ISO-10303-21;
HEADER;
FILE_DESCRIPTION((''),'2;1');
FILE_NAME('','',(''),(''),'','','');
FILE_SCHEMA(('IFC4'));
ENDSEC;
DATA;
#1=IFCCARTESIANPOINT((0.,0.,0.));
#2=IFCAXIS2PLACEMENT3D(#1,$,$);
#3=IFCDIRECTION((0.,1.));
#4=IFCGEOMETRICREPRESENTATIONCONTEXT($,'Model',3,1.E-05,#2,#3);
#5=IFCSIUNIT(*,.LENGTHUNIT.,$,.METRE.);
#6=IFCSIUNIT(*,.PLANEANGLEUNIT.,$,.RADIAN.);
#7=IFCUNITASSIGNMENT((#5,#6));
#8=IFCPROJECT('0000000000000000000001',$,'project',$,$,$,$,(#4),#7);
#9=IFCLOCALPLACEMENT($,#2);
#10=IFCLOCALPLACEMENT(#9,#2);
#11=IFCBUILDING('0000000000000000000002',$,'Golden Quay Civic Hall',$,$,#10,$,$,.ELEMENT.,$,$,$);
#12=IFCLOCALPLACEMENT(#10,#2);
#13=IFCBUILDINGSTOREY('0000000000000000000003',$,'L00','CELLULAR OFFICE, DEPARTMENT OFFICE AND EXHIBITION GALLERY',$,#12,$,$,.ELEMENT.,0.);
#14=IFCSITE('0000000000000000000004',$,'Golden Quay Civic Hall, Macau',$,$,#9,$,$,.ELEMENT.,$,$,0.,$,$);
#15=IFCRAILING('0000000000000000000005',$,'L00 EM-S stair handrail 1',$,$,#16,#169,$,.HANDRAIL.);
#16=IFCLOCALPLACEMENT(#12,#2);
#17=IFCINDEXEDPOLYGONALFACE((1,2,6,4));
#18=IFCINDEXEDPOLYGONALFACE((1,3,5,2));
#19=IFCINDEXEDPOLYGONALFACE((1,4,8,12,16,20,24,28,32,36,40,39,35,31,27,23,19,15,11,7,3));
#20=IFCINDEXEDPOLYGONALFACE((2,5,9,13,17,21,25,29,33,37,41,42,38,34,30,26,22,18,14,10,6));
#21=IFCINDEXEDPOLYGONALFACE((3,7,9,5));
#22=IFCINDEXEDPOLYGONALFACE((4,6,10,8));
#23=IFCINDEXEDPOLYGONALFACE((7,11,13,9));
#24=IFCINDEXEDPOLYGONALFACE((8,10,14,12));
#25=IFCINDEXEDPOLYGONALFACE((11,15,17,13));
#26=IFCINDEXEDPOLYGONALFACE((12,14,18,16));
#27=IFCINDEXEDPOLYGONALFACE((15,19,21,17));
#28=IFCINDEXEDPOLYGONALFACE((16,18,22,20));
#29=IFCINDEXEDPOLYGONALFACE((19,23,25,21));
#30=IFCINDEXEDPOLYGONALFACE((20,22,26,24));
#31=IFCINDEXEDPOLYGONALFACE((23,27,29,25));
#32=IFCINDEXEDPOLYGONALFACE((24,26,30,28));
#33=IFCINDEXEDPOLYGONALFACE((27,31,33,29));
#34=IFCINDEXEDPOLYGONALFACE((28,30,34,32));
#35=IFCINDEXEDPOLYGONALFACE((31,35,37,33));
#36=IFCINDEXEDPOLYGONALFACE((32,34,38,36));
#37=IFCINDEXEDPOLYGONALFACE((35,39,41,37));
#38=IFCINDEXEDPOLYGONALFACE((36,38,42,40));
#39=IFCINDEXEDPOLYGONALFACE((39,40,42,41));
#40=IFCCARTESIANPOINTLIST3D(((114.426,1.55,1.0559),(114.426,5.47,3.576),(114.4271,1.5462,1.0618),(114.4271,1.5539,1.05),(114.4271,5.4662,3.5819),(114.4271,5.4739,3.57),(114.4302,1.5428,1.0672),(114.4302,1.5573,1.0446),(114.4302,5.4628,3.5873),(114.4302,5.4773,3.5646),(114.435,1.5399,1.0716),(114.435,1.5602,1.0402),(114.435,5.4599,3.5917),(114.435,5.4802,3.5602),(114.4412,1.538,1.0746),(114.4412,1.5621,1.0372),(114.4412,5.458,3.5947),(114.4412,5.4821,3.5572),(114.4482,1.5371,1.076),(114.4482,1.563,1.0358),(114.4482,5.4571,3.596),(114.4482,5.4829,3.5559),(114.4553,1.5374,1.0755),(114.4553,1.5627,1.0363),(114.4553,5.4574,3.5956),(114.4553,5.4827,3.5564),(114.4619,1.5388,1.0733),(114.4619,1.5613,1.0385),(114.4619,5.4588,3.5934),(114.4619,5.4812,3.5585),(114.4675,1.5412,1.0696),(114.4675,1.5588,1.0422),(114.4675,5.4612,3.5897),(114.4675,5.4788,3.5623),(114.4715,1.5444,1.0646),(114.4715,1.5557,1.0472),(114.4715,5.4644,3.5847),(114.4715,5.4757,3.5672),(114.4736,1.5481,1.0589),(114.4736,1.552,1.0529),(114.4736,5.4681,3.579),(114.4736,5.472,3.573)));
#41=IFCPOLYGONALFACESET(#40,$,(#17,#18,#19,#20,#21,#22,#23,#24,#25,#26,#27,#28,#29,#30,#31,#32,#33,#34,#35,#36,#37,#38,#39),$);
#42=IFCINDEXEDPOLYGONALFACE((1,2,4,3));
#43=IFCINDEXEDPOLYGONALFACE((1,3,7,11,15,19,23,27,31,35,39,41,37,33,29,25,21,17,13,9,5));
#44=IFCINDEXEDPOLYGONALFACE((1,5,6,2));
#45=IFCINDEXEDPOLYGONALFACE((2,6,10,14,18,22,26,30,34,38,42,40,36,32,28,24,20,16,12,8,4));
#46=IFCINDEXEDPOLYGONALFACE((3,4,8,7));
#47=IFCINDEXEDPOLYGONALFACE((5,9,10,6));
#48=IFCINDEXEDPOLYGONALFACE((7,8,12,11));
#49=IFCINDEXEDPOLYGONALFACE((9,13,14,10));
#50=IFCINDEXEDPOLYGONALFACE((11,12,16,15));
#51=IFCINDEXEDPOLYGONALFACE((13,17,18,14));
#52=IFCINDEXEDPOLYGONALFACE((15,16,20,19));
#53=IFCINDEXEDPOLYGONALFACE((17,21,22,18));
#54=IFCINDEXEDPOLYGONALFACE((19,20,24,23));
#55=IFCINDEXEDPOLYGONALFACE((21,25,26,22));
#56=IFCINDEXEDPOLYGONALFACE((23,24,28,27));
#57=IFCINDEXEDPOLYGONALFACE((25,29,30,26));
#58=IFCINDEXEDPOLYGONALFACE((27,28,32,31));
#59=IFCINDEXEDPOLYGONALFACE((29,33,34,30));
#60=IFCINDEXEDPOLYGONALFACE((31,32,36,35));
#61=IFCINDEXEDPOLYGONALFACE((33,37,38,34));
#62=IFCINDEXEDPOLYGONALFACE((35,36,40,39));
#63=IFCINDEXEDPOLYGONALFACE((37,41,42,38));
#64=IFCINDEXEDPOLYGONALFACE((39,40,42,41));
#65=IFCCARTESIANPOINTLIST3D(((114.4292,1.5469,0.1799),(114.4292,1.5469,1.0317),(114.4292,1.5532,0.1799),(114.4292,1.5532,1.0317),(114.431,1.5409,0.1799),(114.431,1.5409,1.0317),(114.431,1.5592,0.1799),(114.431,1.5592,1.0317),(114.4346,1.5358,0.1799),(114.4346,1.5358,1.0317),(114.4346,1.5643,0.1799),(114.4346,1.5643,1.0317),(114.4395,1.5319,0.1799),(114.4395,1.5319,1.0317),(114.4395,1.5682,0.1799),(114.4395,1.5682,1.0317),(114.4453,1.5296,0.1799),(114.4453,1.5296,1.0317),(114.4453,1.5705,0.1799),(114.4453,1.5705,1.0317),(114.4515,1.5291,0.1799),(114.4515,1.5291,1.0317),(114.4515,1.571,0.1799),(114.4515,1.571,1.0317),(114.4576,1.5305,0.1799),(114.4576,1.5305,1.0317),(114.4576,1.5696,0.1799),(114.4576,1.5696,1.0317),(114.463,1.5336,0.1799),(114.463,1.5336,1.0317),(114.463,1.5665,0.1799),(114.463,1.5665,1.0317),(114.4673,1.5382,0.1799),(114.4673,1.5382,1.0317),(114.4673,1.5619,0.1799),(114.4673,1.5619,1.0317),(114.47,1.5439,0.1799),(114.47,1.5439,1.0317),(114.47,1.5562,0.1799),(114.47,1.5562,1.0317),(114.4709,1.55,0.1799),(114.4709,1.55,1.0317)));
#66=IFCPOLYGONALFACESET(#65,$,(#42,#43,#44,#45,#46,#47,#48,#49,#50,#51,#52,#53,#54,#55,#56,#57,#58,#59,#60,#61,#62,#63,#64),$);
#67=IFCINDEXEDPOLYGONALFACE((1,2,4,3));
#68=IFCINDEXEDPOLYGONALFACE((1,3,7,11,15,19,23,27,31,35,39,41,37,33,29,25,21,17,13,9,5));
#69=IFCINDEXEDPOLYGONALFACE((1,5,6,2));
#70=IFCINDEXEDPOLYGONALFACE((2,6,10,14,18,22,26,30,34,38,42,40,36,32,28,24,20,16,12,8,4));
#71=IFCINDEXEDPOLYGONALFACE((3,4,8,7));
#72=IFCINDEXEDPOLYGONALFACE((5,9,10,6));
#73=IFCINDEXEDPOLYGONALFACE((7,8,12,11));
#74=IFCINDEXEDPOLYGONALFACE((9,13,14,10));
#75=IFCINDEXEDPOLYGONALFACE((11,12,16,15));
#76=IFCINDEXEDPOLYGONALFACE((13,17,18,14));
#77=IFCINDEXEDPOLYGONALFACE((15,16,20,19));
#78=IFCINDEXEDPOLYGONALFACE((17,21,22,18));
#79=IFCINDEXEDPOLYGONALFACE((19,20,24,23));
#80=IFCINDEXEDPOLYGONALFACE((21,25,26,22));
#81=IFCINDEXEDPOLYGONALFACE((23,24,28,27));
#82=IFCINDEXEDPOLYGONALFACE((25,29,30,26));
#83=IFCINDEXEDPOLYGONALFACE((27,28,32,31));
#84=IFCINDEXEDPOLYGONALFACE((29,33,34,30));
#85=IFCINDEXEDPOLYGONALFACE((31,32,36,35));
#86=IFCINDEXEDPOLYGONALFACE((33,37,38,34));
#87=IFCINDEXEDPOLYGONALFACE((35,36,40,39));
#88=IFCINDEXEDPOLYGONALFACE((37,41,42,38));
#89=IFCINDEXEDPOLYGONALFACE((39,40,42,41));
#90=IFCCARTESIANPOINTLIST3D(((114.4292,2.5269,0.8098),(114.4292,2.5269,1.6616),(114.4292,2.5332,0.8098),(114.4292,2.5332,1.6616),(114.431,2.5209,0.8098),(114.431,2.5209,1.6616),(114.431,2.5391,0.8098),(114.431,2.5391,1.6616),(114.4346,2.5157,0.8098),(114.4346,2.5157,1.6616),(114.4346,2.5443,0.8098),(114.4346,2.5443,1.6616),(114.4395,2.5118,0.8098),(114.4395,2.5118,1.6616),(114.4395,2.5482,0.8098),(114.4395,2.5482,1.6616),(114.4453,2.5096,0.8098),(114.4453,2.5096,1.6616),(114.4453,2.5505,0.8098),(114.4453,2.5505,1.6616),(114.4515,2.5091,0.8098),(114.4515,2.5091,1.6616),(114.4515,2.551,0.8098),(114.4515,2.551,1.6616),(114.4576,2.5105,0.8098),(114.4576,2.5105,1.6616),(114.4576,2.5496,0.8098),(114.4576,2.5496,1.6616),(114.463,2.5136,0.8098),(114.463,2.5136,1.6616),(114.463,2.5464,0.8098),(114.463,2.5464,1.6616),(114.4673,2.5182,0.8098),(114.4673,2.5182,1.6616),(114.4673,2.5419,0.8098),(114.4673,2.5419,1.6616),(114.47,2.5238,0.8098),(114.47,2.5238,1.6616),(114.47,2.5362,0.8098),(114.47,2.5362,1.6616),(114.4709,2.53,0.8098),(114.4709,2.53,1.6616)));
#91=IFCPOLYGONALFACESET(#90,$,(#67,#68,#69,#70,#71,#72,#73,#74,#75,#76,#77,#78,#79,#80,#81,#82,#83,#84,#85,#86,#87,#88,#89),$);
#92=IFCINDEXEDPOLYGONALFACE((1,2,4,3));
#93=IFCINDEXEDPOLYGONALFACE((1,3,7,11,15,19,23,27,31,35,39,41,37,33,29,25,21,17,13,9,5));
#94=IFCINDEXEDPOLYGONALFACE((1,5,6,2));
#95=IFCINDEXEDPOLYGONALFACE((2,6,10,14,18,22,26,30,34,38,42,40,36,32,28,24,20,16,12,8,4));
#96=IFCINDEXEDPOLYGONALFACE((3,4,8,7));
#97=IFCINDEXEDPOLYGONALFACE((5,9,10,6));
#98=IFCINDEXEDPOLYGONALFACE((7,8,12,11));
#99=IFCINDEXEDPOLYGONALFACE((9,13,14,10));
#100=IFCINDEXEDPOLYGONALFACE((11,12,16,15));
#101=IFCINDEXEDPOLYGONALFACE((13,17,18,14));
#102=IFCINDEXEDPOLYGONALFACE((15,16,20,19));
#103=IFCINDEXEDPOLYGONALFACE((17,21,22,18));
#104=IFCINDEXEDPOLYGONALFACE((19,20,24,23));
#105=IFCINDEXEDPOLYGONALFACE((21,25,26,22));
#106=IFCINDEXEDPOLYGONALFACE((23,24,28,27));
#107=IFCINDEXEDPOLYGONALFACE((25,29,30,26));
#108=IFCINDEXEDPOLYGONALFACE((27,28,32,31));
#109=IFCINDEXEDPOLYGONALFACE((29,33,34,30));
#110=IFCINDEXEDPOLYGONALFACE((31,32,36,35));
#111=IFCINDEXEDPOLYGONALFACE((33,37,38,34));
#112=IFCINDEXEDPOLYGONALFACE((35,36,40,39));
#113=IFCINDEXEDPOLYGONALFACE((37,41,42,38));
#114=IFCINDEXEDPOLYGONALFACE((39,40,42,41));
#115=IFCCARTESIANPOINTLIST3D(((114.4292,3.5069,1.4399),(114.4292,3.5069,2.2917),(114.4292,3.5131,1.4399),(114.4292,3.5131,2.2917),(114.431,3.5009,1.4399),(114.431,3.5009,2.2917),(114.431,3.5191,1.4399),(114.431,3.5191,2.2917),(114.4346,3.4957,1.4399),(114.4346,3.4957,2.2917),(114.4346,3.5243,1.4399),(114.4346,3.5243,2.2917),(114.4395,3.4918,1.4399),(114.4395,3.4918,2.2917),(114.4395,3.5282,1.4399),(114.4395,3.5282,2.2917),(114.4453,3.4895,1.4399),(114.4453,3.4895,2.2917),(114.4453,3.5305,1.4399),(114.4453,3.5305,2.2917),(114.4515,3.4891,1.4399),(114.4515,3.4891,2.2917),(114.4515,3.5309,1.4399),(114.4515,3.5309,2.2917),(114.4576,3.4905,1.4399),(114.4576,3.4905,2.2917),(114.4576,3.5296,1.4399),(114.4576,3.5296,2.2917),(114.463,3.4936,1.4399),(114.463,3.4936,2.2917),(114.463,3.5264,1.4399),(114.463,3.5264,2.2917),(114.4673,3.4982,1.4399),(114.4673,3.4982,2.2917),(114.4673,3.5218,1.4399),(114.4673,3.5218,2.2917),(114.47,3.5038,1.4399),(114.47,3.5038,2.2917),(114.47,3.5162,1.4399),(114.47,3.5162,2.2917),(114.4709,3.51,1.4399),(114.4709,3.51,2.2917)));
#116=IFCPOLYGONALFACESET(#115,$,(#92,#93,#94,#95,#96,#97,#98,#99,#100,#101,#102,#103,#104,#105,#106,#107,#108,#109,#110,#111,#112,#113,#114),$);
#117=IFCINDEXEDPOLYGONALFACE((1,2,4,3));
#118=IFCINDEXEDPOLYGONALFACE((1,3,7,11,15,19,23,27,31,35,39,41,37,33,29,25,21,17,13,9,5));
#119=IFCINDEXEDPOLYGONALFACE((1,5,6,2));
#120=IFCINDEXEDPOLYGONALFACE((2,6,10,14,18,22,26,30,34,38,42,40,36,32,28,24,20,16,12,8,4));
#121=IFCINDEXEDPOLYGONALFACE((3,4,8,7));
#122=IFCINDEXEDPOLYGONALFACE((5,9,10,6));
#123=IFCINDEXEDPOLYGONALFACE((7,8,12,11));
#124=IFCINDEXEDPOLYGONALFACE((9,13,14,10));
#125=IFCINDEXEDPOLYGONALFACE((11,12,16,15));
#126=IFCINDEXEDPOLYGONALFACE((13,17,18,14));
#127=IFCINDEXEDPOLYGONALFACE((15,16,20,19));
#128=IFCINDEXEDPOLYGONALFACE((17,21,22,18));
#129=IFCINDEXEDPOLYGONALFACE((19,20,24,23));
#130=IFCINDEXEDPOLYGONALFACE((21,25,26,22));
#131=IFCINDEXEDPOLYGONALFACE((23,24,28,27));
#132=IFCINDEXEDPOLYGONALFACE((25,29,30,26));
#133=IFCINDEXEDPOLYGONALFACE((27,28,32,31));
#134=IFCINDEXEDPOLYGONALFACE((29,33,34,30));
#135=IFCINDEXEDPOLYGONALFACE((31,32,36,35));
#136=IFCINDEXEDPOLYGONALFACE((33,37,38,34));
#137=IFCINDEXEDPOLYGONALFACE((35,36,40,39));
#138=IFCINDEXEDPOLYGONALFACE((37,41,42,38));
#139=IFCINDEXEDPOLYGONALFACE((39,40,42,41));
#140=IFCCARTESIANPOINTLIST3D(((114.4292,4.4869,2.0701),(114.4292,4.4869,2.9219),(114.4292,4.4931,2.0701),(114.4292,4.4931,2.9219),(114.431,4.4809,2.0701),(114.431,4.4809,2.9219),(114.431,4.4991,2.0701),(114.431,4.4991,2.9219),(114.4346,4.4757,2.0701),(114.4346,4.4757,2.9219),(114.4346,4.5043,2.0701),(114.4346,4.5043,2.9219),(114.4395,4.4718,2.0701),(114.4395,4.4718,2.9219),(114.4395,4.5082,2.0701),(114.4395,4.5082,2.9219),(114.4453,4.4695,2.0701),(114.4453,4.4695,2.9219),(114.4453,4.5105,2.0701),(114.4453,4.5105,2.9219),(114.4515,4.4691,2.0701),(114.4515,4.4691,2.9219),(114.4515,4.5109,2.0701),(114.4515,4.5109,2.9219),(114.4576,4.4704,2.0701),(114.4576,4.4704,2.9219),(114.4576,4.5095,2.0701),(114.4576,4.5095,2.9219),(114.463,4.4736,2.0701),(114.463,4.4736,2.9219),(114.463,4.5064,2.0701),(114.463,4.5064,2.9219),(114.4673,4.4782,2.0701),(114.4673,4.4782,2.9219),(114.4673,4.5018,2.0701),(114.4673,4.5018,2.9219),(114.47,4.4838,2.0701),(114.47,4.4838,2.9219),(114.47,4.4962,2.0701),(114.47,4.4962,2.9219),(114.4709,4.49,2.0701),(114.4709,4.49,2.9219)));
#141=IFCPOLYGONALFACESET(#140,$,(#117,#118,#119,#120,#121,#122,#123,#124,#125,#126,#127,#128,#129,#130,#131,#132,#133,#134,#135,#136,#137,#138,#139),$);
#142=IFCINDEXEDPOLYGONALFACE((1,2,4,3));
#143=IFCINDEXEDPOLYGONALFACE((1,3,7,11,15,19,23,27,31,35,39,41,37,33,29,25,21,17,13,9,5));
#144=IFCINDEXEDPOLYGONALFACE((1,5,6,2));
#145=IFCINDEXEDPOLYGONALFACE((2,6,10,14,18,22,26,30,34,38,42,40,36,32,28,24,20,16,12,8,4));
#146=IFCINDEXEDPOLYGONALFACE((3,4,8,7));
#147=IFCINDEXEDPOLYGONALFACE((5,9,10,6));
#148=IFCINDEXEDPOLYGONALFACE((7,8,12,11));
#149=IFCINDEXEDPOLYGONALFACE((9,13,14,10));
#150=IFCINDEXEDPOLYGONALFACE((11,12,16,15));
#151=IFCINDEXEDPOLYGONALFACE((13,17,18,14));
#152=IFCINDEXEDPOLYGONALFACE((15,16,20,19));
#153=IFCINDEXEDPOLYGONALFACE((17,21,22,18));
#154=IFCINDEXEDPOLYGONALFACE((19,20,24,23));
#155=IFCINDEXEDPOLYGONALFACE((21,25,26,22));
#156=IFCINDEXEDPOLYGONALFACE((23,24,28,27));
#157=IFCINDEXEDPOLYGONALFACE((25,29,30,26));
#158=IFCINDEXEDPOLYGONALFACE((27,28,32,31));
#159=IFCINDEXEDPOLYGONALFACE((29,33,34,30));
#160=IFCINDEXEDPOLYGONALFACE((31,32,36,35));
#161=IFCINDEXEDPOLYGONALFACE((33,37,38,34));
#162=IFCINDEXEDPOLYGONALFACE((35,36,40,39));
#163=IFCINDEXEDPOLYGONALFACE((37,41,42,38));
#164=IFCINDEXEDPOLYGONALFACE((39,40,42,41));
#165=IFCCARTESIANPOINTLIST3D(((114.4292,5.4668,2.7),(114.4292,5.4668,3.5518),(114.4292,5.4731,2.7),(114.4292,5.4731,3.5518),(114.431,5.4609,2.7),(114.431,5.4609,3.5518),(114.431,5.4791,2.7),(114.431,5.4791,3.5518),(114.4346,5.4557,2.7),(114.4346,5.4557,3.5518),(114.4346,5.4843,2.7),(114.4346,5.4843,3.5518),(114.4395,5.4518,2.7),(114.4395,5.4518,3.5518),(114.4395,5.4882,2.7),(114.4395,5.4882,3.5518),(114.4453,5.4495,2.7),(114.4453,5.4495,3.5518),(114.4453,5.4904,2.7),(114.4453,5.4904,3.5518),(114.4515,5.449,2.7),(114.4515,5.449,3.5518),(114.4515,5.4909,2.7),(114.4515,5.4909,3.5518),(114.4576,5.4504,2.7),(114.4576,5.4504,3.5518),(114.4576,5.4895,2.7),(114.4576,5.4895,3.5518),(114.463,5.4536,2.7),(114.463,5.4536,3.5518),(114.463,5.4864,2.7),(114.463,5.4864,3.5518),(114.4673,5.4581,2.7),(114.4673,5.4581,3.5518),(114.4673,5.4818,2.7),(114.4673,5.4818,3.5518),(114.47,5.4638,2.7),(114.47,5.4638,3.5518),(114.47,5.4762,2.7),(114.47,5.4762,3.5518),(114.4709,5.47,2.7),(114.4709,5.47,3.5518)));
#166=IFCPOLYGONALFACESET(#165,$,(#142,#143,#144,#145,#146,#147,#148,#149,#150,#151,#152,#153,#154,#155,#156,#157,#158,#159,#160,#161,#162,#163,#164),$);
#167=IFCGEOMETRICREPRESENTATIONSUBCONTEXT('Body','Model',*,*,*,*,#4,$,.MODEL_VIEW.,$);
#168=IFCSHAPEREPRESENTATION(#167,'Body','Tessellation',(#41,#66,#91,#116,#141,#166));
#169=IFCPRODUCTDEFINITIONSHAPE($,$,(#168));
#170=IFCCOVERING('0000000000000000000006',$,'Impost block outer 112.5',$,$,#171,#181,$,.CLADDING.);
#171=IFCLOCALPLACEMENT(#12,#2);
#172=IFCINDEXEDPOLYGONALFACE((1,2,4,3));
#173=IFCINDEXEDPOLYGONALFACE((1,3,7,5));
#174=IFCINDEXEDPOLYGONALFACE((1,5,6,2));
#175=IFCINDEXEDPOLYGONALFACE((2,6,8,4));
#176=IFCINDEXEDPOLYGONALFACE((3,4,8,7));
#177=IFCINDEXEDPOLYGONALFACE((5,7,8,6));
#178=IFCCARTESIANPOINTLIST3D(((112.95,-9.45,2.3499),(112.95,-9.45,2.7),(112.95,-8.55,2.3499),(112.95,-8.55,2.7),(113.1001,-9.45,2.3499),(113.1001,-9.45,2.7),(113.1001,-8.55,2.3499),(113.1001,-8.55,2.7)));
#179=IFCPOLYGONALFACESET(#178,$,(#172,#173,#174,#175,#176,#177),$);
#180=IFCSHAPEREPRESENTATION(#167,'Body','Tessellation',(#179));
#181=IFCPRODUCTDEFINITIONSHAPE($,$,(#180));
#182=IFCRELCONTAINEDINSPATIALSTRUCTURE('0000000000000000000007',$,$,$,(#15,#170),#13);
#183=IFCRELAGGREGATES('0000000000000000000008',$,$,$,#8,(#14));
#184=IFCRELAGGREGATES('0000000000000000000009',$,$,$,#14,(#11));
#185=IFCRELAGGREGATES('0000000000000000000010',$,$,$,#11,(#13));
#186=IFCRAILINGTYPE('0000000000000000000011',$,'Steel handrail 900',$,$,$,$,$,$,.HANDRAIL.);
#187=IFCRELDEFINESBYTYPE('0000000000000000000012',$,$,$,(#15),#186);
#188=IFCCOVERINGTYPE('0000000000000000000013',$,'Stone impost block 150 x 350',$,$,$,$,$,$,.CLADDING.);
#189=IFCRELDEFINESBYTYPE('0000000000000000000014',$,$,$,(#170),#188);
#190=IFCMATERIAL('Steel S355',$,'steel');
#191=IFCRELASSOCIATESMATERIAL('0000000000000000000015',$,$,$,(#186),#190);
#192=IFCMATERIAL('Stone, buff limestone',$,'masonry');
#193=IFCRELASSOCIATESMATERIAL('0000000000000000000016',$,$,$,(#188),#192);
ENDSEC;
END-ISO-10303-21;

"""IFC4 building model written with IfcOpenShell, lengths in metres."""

from ifc_helpers import new_model, si_unit, direction, frame, origin, origin_2d, place, context, subcontext, project, spatial, rectangle, circle, extrude, material, material_profile, profile_set, type_object, element, save


model = new_model("IFC4")

# Units and contexts
model_context = context("Model", 3, precision=1e-05, world=origin(), true_north=direction((0.0, 1.0)))
body_context = subcontext(model_context, "Body", "Model", "MODEL_VIEW")
ifc_project = project(units=[si_unit("LENGTHUNIT", "METRE"), si_unit("PLANEANGLEUNIT", "RADIAN")], contexts=[model_context])

# Site, building, storey
site_placement = place(None, origin())
site = spatial("IfcSite", under=ifc_project, at=site_placement, Name="Golden Quay Civic Hall, Macau", CompositionType="ELEMENT", RefElevation=0.0)
building_placement = place(site_placement, origin())
building = spatial("IfcBuilding", under=site, at=building_placement, Name="Golden Quay Civic Hall", CompositionType="ELEMENT")
storey_placement = place(building_placement, origin())
storey = spatial("IfcBuildingStorey", under=building, at=storey_placement, Name="L00", Description="CELLULAR OFFICE, DEPARTMENT OFFICE AND EXHIBITION GALLERY", CompositionType="ELEMENT", Elevation=0.0)

# Railing
ifc_material_1 = material(Name="Steel S355", Category="steel")
railing_type_1 = type_object("IfcRailingType", Name="Steel handrail 900", PredefinedType="HANDRAIL", material=ifc_material_1)
railing_1_placement = place(storey_placement, frame((114.45, 1.55, 0.1799)))
element("IfcRailing", 1, at=railing_1_placement, inside=storey, type_object=railing_type_1, Name="L00 EM-S stair handrail 1", PredefinedType="HANDRAIL", context=body_context, shape_type="SweptSolid", body=[
    extrude(circle(Radius=0.0239, at=origin_2d()), frame((0.0, 0.0, 0.876), z_axis=(0.0, 0.841172, 0.540768), x_axis=(-1.0, 0.0, 0.0)), (0.0, 0.0, 1.0), 4.6602),
    extrude(circle(Radius=0.021, at=origin_2d()), origin(), (0.0, 0.0, 1.0), 0.8518),
    extrude(circle(Radius=0.021, at=origin_2d()), frame((0.0, 0.98, 0.6299)), (0.0, 0.0, 1.0), 0.8518),
    extrude(circle(Radius=0.021, at=origin_2d()), frame((0.0, 1.96, 1.26)), (0.0, 0.0, 1.0), 0.8518),
    extrude(circle(Radius=0.021, at=origin_2d()), frame((0.0, 2.9399, 1.8901)), (0.0, 0.0, 1.0), 0.8518),
    extrude(circle(Radius=0.021, at=origin_2d()), frame((0.0, 3.9199, 2.52)), (0.0, 0.0, 1.0), 0.8518),
])

# Covering
ifc_material_2 = material(Name="Stone, buff limestone", Category="masonry")
ifc_material_profile_1 = material_profile(ifc_material_2, rectangle(XDim=0.8999, YDim=0.3501, at=origin_2d()), Name="RC 900x350")
ifc_profile_set_1 = profile_set([ifc_material_profile_1], Name="Stone, buff limestone")
covering_type = type_object("IfcCoveringType", Name="Stone impost block 150 x 350", PredefinedType="CLADDING", material=ifc_profile_set_1)
covering_placement = place(storey_placement, frame((112.95, -9.0, 2.5249), z_axis=(1.0, 0.0, 0.0), x_axis=(0.0, 1.0, 0.0)))
element("IfcCovering", 2, at=covering_placement, inside=storey, type_object=covering_type, Name="Impost block outer 112.5", PredefinedType="CLADDING", context=body_context, shape_type="SweptSolid", body=[
    extrude(rectangle(XDim=0.8999, YDim=0.3501, at=origin_2d()), origin(), (0.0, 0.0, 1.0), 0.1501),
])

save(model, "model.ifc")
